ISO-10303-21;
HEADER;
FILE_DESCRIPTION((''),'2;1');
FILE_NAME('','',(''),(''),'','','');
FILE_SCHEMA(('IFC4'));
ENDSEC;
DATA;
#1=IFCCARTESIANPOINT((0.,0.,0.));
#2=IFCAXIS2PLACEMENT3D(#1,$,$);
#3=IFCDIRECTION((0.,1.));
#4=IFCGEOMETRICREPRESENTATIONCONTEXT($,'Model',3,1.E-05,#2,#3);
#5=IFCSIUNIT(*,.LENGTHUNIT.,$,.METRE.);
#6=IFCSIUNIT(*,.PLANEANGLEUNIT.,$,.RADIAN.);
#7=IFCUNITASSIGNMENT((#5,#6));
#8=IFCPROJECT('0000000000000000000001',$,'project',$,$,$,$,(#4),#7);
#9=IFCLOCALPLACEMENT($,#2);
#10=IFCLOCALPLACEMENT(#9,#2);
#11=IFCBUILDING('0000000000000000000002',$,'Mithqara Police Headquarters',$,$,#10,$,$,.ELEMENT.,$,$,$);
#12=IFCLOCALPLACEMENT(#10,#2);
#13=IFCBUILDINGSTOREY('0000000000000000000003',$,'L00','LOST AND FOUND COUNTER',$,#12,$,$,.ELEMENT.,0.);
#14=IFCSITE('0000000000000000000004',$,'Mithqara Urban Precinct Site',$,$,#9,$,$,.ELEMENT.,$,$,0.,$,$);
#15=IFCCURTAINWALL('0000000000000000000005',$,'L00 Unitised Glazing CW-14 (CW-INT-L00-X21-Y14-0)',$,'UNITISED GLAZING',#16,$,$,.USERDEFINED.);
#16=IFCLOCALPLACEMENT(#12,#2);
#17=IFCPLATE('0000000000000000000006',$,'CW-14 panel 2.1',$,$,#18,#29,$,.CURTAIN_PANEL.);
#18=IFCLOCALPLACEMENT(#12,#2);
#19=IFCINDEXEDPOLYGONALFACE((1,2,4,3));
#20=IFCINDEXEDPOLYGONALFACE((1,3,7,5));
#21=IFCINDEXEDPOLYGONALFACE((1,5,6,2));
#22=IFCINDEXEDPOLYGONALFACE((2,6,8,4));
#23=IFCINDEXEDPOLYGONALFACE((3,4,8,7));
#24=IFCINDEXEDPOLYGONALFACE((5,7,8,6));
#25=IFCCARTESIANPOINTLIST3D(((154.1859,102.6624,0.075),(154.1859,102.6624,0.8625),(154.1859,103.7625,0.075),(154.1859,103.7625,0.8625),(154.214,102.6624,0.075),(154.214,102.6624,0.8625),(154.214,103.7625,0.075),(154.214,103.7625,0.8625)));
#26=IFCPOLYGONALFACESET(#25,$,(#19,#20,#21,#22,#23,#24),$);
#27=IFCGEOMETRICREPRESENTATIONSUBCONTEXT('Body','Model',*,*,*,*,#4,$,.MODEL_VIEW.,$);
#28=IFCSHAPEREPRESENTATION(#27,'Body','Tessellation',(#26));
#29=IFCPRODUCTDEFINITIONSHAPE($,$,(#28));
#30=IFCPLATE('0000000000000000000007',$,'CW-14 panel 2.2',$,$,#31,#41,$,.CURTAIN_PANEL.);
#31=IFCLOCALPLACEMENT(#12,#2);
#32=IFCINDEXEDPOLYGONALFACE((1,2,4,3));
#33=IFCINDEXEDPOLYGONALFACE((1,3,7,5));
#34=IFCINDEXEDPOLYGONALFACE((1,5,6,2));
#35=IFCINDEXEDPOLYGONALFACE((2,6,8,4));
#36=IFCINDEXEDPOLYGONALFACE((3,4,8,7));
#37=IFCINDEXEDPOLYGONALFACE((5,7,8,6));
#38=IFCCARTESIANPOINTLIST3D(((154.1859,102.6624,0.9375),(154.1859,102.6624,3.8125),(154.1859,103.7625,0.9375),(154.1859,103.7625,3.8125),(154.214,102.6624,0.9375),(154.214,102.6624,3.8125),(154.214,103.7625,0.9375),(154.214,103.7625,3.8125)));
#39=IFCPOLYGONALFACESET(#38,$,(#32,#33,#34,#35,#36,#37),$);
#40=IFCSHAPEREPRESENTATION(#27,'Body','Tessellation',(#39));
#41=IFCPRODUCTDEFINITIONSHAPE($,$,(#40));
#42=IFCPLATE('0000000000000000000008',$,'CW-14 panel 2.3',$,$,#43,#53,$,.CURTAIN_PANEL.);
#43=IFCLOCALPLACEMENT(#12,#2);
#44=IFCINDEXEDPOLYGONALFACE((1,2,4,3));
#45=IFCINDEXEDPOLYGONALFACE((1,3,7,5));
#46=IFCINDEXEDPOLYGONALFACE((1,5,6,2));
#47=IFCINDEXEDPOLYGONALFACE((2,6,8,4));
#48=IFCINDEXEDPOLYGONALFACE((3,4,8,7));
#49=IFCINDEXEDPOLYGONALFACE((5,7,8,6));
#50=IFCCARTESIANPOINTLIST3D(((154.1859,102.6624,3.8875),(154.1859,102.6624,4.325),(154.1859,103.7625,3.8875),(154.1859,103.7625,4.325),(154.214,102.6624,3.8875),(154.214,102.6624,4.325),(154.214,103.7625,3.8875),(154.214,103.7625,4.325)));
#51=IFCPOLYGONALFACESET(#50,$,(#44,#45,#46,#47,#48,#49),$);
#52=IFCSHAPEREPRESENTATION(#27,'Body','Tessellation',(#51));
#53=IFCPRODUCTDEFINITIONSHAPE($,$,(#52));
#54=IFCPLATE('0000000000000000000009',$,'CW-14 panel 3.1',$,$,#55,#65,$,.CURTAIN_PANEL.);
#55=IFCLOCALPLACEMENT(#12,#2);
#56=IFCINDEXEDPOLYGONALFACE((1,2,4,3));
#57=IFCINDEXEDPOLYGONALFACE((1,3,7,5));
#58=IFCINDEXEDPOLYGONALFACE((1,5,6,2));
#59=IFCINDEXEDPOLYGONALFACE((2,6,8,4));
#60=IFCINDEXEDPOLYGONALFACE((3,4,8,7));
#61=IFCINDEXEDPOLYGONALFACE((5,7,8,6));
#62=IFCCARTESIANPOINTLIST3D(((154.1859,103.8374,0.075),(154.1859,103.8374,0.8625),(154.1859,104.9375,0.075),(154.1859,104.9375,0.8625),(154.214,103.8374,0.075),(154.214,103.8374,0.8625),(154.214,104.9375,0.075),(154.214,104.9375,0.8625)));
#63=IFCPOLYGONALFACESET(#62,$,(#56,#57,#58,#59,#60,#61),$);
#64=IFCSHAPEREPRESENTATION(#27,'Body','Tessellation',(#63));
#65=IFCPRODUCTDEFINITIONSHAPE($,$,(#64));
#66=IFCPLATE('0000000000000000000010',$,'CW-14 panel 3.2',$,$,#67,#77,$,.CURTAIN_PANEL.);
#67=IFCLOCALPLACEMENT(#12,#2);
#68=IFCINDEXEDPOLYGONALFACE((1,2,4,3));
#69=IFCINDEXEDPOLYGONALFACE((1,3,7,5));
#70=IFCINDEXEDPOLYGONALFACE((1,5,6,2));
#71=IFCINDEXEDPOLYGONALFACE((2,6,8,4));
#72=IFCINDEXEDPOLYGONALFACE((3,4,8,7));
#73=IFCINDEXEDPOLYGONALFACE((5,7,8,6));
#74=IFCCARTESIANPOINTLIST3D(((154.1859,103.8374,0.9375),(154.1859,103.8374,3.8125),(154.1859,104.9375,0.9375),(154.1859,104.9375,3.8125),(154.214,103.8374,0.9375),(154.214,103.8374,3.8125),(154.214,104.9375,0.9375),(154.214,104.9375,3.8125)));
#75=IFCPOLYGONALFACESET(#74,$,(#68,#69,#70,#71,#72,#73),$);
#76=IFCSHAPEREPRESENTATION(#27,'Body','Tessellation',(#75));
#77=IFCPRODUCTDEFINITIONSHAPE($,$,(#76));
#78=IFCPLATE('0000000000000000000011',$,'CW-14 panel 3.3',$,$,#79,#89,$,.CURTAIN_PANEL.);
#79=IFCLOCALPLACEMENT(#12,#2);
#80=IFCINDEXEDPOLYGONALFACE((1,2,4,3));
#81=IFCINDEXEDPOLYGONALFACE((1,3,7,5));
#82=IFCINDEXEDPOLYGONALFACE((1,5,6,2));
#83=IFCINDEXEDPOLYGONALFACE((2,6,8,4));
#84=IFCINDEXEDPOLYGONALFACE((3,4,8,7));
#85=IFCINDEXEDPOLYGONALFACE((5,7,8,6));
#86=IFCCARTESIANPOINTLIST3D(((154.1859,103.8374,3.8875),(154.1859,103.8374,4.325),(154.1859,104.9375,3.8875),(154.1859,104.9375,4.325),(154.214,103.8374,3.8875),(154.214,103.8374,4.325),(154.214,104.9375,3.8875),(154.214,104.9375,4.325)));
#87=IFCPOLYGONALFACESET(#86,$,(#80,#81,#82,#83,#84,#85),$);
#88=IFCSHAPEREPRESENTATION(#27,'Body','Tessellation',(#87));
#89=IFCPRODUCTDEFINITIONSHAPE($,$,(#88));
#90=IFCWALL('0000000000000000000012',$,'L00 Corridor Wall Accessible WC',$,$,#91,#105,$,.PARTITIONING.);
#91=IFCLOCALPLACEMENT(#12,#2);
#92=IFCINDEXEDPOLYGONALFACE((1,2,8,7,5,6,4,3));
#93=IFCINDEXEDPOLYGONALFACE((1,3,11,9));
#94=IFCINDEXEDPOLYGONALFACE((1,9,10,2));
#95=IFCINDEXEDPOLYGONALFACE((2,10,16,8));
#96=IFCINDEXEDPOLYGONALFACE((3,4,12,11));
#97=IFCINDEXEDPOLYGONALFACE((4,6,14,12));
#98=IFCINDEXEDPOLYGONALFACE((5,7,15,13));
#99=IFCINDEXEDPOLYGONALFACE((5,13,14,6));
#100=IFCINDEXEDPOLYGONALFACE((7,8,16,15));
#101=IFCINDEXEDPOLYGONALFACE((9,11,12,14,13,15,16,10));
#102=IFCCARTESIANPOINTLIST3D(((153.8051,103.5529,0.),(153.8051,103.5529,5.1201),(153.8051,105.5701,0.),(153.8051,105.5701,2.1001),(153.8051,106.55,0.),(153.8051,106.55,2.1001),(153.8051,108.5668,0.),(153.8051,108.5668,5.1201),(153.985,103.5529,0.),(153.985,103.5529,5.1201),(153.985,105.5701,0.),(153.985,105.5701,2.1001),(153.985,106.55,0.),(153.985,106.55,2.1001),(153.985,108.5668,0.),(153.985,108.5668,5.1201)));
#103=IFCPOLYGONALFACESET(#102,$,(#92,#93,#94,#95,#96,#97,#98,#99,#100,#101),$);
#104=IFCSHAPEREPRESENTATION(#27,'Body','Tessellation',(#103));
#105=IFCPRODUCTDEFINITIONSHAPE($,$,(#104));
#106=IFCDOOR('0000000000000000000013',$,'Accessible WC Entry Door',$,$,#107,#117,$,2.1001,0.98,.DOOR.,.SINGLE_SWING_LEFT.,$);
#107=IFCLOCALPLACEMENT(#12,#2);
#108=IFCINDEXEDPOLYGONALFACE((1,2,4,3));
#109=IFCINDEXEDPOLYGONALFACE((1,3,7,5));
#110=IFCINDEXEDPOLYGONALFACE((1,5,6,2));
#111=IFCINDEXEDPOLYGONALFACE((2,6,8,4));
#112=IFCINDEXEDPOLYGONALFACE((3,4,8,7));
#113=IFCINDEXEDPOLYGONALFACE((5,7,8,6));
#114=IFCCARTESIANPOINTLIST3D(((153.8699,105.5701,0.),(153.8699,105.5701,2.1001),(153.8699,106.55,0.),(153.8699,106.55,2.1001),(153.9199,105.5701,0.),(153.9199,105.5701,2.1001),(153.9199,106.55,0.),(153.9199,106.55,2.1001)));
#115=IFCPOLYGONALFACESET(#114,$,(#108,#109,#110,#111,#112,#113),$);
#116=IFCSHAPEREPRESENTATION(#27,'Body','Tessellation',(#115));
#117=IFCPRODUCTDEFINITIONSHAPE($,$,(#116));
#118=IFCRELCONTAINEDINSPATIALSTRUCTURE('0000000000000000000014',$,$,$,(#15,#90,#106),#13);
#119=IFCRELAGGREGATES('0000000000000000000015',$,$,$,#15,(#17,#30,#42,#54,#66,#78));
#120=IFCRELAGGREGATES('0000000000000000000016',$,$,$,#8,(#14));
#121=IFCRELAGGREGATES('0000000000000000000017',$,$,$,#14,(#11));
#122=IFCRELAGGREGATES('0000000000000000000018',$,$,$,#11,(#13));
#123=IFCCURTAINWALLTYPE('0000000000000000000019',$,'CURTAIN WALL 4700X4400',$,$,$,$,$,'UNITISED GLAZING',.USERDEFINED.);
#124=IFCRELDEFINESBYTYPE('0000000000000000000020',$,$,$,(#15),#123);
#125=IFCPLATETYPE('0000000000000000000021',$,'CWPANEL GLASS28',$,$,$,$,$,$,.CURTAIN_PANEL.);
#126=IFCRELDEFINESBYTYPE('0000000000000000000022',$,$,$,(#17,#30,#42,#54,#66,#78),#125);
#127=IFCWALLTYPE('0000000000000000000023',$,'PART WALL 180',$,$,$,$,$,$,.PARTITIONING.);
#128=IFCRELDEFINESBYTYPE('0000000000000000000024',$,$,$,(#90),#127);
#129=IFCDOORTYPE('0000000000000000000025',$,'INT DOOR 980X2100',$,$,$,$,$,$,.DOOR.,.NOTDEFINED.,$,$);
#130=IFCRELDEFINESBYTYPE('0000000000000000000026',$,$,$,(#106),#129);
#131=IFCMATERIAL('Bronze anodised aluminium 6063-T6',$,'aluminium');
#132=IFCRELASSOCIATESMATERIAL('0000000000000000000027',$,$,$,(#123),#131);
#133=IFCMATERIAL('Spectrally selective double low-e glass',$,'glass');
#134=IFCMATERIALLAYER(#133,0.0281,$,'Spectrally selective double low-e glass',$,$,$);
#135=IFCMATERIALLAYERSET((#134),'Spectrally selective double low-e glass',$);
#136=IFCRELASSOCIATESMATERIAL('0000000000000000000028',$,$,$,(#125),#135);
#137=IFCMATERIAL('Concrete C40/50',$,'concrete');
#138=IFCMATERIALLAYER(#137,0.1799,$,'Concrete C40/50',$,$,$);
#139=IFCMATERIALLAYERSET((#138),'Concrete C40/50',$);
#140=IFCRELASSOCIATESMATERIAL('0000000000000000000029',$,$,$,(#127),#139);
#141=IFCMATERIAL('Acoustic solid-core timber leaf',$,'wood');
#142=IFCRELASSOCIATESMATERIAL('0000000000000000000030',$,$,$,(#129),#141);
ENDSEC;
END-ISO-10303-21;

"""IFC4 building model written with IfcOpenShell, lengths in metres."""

from ifc_helpers import new_model, si_unit, direction, frame, frame_2d, origin, origin_2d, place, context, subcontext, project, spatial, rectangle, extrude, material, layer, layer_set, type_object, element, fill, aggregate, save


model = new_model("IFC4")

# Units and contexts
model_context = context("Model", 3, precision=1e-05, world=origin(), true_north=direction((0.0, 1.0)))
body_context = subcontext(model_context, "Body", "Model", "MODEL_VIEW")
ifc_project = project(units=[si_unit("LENGTHUNIT", "METRE"), si_unit("PLANEANGLEUNIT", "RADIAN")], contexts=[model_context])

# Site, building, storey
site_placement = place(None, origin())
site = spatial("IfcSite", under=ifc_project, at=site_placement, Name="Mithqara Urban Precinct Site", CompositionType="ELEMENT", RefElevation=0.0)
building_placement = place(site_placement, origin())
building = spatial("IfcBuilding", under=site, at=building_placement, Name="Mithqara Police Headquarters", CompositionType="ELEMENT")
storey_placement = place(building_placement, origin())
storey = spatial("IfcBuildingStorey", under=building, at=storey_placement, Name="L00", Description="LOST AND FOUND COUNTER", CompositionType="ELEMENT", Elevation=0.0)

# Curtain wall, plates
ifc_material_1 = material(Name="Bronze anodised aluminium 6063-T6", Category="aluminium")
curtain_wall_type = type_object("IfcCurtainWallType", Name="CURTAIN WALL 4700X4400", ElementType="UNITISED GLAZING", PredefinedType="USERDEFINED", material=ifc_material_1)
curtain_wall_placement = place(storey_placement, origin())
curtain_wall = element("IfcCurtainWall", 1, at=curtain_wall_placement, inside=storey, type_object=curtain_wall_type, Name="L00 Unitised Glazing CW-14 (CW-INT-L00-X21-Y14-0)", ObjectType="UNITISED GLAZING", PredefinedType="USERDEFINED")
ifc_material_2 = material(Name="Spectrally selective double low-e glass", Category="glass")
ifc_layer_1 = layer(ifc_material_2, 0.0281, Name="Spectrally selective double low-e glass")
ifc_layer_set_1 = layer_set([ifc_layer_1], Name="Spectrally selective double low-e glass")
plate_type = type_object("IfcPlateType", Name="CWPANEL GLASS28", PredefinedType="CURTAIN_PANEL", material=ifc_layer_set_1)
plate_1_placement = place(storey_placement, frame((154.2, 103.2124, 0.075), z_axis=(0.0, 0.0, 1.0), x_axis=(0.0, 1.0, 0.0)))
plate_1 = element("IfcPlate", 2, at=plate_1_placement, type_object=plate_type, Name="CW-14 panel 2.1", PredefinedType="CURTAIN_PANEL", context=body_context, shape_type="SweptSolid", body=[
    extrude(rectangle(XDim=1.1001, YDim=0.0281, at=origin_2d()), origin(), (0.0, 0.0, 1.0), 0.7876),
])
plate_2_placement = place(storey_placement, frame((154.2, 103.2124, 0.9375), z_axis=(0.0, 0.0, 1.0), x_axis=(0.0, 1.0, 0.0)))
plate_2 = element("IfcPlate", 3, at=plate_2_placement, type_object=plate_type, Name="CW-14 panel 2.2", PredefinedType="CURTAIN_PANEL", context=body_context, shape_type="SweptSolid", body=[
    extrude(rectangle(XDim=1.1001, YDim=0.0281, at=origin_2d()), origin(), (0.0, 0.0, 1.0), 2.875),
])
plate_3_placement = place(storey_placement, frame((154.2, 103.2124, 3.8875), z_axis=(0.0, 0.0, 1.0), x_axis=(0.0, 1.0, 0.0)))
plate_3 = element("IfcPlate", 4, at=plate_3_placement, type_object=plate_type, Name="CW-14 panel 2.3", PredefinedType="CURTAIN_PANEL", context=body_context, shape_type="SweptSolid", body=[
    extrude(rectangle(XDim=1.1001, YDim=0.0281, at=origin_2d()), origin(), (0.0, 0.0, 1.0), 0.4375),
])
plate_4_placement = place(storey_placement, frame((154.2, 104.3875, 0.075), z_axis=(0.0, 0.0, 1.0), x_axis=(0.0, 1.0, 0.0)))
plate_4 = element("IfcPlate", 5, at=plate_4_placement, type_object=plate_type, Name="CW-14 panel 3.1", PredefinedType="CURTAIN_PANEL", context=body_context, shape_type="SweptSolid", body=[
    extrude(rectangle(XDim=1.1001, YDim=0.0281, at=origin_2d()), origin(), (0.0, 0.0, 1.0), 0.7876),
])
plate_5_placement = place(storey_placement, frame((154.2, 104.3875, 0.9375), z_axis=(0.0, 0.0, 1.0), x_axis=(0.0, 1.0, 0.0)))
plate_5 = element("IfcPlate", 6, at=plate_5_placement, type_object=plate_type, Name="CW-14 panel 3.2", PredefinedType="CURTAIN_PANEL", context=body_context, shape_type="SweptSolid", body=[
    extrude(rectangle(XDim=1.1001, YDim=0.0281, at=origin_2d()), origin(), (0.0, 0.0, 1.0), 2.875),
])
plate_6_placement = place(storey_placement, frame((154.2, 104.3875, 3.8875), z_axis=(0.0, 0.0, 1.0), x_axis=(0.0, 1.0, 0.0)))
plate_6 = element("IfcPlate", 7, at=plate_6_placement, type_object=plate_type, Name="CW-14 panel 3.3", PredefinedType="CURTAIN_PANEL", context=body_context, shape_type="SweptSolid", body=[
    extrude(rectangle(XDim=1.1001, YDim=0.0281, at=origin_2d()), origin(), (0.0, 0.0, 1.0), 0.4375),
])
aggregate(curtain_wall, [plate_1, plate_2, plate_3, plate_4, plate_5, plate_6])

# Wall, opening, door
ifc_material_3 = material(Name="Concrete C40/50", Category="concrete")
ifc_layer_2 = layer(ifc_material_3, 0.1799, Name="Concrete C40/50")
ifc_layer_set_2 = layer_set([ifc_layer_2], Name="Concrete C40/50")
wall_type = type_object("IfcWallType", Name="PART WALL 180", PredefinedType="PARTITIONING", material=ifc_layer_set_2)
wall_placement = place(storey_placement, frame((153.895, 103.553, 0.0), z_axis=(0.0, 0.0, 1.0), x_axis=(0.0, 1.0, 0.0)))
wall = element("IfcWall", 8, at=wall_placement, inside=storey, type_object=wall_type, Name="L00 Corridor Wall Accessible WC", PredefinedType="PARTITIONING", context=body_context, shape_type="SweptSolid", body=[
    extrude(rectangle(XDim=5.0139, YDim=0.1799, at=frame_2d((2.5068, 0.0))), origin(), (0.0, 0.0, 1.0), 5.1201),
])
opening_placement = place(wall_placement, frame((2.0171, 0.0, 0.0)))
opening = element("IfcOpeningElement", 9, at=opening_placement, cuts=wall, PredefinedType="OPENING", context=body_context, shape_type="SweptSolid", body=[
    extrude(rectangle(XDim=0.98, YDim=2.1001, at=frame_2d((0.49, 1.05))), frame((0.0, 0.1001, 0.0), z_axis=(0.0, -1.0, 0.0), x_axis=(1.0, 0.0, 0.0)), (0.0, 0.0, 1.0), 0.2),
])
ifc_material_4 = material(Name="Acoustic solid-core timber leaf", Category="wood")
door_type = type_object("IfcDoorType", Name="INT DOOR 980X2100", OperationType="NOTDEFINED", PredefinedType="DOOR", material=ifc_material_4)
door_placement = place(opening_placement, frame((0.98, 0.0, 0.0), z_axis=(0.0, 0.0, 1.0), x_axis=(-1.0, 0.0, 0.0)))
door = element("IfcDoor", 10, at=door_placement, inside=storey, type_object=door_type, Name="Accessible WC Entry Door", OperationType="SINGLE_SWING_LEFT", OverallHeight=2.1001, OverallWidth=0.98, PredefinedType="DOOR", context=body_context, shape_type="SweptSolid", body=[
    extrude(rectangle(XDim=0.98, YDim=2.1001, at=frame_2d((0.49, 1.05))), frame((0.0, 0.0249, 0.0), z_axis=(0.0, -1.0, 0.0), x_axis=(1.0, 0.0, 0.0)), (0.0, 0.0, 1.0), 0.05),
])
fill(opening, door)

save(model, "model.ifc")
